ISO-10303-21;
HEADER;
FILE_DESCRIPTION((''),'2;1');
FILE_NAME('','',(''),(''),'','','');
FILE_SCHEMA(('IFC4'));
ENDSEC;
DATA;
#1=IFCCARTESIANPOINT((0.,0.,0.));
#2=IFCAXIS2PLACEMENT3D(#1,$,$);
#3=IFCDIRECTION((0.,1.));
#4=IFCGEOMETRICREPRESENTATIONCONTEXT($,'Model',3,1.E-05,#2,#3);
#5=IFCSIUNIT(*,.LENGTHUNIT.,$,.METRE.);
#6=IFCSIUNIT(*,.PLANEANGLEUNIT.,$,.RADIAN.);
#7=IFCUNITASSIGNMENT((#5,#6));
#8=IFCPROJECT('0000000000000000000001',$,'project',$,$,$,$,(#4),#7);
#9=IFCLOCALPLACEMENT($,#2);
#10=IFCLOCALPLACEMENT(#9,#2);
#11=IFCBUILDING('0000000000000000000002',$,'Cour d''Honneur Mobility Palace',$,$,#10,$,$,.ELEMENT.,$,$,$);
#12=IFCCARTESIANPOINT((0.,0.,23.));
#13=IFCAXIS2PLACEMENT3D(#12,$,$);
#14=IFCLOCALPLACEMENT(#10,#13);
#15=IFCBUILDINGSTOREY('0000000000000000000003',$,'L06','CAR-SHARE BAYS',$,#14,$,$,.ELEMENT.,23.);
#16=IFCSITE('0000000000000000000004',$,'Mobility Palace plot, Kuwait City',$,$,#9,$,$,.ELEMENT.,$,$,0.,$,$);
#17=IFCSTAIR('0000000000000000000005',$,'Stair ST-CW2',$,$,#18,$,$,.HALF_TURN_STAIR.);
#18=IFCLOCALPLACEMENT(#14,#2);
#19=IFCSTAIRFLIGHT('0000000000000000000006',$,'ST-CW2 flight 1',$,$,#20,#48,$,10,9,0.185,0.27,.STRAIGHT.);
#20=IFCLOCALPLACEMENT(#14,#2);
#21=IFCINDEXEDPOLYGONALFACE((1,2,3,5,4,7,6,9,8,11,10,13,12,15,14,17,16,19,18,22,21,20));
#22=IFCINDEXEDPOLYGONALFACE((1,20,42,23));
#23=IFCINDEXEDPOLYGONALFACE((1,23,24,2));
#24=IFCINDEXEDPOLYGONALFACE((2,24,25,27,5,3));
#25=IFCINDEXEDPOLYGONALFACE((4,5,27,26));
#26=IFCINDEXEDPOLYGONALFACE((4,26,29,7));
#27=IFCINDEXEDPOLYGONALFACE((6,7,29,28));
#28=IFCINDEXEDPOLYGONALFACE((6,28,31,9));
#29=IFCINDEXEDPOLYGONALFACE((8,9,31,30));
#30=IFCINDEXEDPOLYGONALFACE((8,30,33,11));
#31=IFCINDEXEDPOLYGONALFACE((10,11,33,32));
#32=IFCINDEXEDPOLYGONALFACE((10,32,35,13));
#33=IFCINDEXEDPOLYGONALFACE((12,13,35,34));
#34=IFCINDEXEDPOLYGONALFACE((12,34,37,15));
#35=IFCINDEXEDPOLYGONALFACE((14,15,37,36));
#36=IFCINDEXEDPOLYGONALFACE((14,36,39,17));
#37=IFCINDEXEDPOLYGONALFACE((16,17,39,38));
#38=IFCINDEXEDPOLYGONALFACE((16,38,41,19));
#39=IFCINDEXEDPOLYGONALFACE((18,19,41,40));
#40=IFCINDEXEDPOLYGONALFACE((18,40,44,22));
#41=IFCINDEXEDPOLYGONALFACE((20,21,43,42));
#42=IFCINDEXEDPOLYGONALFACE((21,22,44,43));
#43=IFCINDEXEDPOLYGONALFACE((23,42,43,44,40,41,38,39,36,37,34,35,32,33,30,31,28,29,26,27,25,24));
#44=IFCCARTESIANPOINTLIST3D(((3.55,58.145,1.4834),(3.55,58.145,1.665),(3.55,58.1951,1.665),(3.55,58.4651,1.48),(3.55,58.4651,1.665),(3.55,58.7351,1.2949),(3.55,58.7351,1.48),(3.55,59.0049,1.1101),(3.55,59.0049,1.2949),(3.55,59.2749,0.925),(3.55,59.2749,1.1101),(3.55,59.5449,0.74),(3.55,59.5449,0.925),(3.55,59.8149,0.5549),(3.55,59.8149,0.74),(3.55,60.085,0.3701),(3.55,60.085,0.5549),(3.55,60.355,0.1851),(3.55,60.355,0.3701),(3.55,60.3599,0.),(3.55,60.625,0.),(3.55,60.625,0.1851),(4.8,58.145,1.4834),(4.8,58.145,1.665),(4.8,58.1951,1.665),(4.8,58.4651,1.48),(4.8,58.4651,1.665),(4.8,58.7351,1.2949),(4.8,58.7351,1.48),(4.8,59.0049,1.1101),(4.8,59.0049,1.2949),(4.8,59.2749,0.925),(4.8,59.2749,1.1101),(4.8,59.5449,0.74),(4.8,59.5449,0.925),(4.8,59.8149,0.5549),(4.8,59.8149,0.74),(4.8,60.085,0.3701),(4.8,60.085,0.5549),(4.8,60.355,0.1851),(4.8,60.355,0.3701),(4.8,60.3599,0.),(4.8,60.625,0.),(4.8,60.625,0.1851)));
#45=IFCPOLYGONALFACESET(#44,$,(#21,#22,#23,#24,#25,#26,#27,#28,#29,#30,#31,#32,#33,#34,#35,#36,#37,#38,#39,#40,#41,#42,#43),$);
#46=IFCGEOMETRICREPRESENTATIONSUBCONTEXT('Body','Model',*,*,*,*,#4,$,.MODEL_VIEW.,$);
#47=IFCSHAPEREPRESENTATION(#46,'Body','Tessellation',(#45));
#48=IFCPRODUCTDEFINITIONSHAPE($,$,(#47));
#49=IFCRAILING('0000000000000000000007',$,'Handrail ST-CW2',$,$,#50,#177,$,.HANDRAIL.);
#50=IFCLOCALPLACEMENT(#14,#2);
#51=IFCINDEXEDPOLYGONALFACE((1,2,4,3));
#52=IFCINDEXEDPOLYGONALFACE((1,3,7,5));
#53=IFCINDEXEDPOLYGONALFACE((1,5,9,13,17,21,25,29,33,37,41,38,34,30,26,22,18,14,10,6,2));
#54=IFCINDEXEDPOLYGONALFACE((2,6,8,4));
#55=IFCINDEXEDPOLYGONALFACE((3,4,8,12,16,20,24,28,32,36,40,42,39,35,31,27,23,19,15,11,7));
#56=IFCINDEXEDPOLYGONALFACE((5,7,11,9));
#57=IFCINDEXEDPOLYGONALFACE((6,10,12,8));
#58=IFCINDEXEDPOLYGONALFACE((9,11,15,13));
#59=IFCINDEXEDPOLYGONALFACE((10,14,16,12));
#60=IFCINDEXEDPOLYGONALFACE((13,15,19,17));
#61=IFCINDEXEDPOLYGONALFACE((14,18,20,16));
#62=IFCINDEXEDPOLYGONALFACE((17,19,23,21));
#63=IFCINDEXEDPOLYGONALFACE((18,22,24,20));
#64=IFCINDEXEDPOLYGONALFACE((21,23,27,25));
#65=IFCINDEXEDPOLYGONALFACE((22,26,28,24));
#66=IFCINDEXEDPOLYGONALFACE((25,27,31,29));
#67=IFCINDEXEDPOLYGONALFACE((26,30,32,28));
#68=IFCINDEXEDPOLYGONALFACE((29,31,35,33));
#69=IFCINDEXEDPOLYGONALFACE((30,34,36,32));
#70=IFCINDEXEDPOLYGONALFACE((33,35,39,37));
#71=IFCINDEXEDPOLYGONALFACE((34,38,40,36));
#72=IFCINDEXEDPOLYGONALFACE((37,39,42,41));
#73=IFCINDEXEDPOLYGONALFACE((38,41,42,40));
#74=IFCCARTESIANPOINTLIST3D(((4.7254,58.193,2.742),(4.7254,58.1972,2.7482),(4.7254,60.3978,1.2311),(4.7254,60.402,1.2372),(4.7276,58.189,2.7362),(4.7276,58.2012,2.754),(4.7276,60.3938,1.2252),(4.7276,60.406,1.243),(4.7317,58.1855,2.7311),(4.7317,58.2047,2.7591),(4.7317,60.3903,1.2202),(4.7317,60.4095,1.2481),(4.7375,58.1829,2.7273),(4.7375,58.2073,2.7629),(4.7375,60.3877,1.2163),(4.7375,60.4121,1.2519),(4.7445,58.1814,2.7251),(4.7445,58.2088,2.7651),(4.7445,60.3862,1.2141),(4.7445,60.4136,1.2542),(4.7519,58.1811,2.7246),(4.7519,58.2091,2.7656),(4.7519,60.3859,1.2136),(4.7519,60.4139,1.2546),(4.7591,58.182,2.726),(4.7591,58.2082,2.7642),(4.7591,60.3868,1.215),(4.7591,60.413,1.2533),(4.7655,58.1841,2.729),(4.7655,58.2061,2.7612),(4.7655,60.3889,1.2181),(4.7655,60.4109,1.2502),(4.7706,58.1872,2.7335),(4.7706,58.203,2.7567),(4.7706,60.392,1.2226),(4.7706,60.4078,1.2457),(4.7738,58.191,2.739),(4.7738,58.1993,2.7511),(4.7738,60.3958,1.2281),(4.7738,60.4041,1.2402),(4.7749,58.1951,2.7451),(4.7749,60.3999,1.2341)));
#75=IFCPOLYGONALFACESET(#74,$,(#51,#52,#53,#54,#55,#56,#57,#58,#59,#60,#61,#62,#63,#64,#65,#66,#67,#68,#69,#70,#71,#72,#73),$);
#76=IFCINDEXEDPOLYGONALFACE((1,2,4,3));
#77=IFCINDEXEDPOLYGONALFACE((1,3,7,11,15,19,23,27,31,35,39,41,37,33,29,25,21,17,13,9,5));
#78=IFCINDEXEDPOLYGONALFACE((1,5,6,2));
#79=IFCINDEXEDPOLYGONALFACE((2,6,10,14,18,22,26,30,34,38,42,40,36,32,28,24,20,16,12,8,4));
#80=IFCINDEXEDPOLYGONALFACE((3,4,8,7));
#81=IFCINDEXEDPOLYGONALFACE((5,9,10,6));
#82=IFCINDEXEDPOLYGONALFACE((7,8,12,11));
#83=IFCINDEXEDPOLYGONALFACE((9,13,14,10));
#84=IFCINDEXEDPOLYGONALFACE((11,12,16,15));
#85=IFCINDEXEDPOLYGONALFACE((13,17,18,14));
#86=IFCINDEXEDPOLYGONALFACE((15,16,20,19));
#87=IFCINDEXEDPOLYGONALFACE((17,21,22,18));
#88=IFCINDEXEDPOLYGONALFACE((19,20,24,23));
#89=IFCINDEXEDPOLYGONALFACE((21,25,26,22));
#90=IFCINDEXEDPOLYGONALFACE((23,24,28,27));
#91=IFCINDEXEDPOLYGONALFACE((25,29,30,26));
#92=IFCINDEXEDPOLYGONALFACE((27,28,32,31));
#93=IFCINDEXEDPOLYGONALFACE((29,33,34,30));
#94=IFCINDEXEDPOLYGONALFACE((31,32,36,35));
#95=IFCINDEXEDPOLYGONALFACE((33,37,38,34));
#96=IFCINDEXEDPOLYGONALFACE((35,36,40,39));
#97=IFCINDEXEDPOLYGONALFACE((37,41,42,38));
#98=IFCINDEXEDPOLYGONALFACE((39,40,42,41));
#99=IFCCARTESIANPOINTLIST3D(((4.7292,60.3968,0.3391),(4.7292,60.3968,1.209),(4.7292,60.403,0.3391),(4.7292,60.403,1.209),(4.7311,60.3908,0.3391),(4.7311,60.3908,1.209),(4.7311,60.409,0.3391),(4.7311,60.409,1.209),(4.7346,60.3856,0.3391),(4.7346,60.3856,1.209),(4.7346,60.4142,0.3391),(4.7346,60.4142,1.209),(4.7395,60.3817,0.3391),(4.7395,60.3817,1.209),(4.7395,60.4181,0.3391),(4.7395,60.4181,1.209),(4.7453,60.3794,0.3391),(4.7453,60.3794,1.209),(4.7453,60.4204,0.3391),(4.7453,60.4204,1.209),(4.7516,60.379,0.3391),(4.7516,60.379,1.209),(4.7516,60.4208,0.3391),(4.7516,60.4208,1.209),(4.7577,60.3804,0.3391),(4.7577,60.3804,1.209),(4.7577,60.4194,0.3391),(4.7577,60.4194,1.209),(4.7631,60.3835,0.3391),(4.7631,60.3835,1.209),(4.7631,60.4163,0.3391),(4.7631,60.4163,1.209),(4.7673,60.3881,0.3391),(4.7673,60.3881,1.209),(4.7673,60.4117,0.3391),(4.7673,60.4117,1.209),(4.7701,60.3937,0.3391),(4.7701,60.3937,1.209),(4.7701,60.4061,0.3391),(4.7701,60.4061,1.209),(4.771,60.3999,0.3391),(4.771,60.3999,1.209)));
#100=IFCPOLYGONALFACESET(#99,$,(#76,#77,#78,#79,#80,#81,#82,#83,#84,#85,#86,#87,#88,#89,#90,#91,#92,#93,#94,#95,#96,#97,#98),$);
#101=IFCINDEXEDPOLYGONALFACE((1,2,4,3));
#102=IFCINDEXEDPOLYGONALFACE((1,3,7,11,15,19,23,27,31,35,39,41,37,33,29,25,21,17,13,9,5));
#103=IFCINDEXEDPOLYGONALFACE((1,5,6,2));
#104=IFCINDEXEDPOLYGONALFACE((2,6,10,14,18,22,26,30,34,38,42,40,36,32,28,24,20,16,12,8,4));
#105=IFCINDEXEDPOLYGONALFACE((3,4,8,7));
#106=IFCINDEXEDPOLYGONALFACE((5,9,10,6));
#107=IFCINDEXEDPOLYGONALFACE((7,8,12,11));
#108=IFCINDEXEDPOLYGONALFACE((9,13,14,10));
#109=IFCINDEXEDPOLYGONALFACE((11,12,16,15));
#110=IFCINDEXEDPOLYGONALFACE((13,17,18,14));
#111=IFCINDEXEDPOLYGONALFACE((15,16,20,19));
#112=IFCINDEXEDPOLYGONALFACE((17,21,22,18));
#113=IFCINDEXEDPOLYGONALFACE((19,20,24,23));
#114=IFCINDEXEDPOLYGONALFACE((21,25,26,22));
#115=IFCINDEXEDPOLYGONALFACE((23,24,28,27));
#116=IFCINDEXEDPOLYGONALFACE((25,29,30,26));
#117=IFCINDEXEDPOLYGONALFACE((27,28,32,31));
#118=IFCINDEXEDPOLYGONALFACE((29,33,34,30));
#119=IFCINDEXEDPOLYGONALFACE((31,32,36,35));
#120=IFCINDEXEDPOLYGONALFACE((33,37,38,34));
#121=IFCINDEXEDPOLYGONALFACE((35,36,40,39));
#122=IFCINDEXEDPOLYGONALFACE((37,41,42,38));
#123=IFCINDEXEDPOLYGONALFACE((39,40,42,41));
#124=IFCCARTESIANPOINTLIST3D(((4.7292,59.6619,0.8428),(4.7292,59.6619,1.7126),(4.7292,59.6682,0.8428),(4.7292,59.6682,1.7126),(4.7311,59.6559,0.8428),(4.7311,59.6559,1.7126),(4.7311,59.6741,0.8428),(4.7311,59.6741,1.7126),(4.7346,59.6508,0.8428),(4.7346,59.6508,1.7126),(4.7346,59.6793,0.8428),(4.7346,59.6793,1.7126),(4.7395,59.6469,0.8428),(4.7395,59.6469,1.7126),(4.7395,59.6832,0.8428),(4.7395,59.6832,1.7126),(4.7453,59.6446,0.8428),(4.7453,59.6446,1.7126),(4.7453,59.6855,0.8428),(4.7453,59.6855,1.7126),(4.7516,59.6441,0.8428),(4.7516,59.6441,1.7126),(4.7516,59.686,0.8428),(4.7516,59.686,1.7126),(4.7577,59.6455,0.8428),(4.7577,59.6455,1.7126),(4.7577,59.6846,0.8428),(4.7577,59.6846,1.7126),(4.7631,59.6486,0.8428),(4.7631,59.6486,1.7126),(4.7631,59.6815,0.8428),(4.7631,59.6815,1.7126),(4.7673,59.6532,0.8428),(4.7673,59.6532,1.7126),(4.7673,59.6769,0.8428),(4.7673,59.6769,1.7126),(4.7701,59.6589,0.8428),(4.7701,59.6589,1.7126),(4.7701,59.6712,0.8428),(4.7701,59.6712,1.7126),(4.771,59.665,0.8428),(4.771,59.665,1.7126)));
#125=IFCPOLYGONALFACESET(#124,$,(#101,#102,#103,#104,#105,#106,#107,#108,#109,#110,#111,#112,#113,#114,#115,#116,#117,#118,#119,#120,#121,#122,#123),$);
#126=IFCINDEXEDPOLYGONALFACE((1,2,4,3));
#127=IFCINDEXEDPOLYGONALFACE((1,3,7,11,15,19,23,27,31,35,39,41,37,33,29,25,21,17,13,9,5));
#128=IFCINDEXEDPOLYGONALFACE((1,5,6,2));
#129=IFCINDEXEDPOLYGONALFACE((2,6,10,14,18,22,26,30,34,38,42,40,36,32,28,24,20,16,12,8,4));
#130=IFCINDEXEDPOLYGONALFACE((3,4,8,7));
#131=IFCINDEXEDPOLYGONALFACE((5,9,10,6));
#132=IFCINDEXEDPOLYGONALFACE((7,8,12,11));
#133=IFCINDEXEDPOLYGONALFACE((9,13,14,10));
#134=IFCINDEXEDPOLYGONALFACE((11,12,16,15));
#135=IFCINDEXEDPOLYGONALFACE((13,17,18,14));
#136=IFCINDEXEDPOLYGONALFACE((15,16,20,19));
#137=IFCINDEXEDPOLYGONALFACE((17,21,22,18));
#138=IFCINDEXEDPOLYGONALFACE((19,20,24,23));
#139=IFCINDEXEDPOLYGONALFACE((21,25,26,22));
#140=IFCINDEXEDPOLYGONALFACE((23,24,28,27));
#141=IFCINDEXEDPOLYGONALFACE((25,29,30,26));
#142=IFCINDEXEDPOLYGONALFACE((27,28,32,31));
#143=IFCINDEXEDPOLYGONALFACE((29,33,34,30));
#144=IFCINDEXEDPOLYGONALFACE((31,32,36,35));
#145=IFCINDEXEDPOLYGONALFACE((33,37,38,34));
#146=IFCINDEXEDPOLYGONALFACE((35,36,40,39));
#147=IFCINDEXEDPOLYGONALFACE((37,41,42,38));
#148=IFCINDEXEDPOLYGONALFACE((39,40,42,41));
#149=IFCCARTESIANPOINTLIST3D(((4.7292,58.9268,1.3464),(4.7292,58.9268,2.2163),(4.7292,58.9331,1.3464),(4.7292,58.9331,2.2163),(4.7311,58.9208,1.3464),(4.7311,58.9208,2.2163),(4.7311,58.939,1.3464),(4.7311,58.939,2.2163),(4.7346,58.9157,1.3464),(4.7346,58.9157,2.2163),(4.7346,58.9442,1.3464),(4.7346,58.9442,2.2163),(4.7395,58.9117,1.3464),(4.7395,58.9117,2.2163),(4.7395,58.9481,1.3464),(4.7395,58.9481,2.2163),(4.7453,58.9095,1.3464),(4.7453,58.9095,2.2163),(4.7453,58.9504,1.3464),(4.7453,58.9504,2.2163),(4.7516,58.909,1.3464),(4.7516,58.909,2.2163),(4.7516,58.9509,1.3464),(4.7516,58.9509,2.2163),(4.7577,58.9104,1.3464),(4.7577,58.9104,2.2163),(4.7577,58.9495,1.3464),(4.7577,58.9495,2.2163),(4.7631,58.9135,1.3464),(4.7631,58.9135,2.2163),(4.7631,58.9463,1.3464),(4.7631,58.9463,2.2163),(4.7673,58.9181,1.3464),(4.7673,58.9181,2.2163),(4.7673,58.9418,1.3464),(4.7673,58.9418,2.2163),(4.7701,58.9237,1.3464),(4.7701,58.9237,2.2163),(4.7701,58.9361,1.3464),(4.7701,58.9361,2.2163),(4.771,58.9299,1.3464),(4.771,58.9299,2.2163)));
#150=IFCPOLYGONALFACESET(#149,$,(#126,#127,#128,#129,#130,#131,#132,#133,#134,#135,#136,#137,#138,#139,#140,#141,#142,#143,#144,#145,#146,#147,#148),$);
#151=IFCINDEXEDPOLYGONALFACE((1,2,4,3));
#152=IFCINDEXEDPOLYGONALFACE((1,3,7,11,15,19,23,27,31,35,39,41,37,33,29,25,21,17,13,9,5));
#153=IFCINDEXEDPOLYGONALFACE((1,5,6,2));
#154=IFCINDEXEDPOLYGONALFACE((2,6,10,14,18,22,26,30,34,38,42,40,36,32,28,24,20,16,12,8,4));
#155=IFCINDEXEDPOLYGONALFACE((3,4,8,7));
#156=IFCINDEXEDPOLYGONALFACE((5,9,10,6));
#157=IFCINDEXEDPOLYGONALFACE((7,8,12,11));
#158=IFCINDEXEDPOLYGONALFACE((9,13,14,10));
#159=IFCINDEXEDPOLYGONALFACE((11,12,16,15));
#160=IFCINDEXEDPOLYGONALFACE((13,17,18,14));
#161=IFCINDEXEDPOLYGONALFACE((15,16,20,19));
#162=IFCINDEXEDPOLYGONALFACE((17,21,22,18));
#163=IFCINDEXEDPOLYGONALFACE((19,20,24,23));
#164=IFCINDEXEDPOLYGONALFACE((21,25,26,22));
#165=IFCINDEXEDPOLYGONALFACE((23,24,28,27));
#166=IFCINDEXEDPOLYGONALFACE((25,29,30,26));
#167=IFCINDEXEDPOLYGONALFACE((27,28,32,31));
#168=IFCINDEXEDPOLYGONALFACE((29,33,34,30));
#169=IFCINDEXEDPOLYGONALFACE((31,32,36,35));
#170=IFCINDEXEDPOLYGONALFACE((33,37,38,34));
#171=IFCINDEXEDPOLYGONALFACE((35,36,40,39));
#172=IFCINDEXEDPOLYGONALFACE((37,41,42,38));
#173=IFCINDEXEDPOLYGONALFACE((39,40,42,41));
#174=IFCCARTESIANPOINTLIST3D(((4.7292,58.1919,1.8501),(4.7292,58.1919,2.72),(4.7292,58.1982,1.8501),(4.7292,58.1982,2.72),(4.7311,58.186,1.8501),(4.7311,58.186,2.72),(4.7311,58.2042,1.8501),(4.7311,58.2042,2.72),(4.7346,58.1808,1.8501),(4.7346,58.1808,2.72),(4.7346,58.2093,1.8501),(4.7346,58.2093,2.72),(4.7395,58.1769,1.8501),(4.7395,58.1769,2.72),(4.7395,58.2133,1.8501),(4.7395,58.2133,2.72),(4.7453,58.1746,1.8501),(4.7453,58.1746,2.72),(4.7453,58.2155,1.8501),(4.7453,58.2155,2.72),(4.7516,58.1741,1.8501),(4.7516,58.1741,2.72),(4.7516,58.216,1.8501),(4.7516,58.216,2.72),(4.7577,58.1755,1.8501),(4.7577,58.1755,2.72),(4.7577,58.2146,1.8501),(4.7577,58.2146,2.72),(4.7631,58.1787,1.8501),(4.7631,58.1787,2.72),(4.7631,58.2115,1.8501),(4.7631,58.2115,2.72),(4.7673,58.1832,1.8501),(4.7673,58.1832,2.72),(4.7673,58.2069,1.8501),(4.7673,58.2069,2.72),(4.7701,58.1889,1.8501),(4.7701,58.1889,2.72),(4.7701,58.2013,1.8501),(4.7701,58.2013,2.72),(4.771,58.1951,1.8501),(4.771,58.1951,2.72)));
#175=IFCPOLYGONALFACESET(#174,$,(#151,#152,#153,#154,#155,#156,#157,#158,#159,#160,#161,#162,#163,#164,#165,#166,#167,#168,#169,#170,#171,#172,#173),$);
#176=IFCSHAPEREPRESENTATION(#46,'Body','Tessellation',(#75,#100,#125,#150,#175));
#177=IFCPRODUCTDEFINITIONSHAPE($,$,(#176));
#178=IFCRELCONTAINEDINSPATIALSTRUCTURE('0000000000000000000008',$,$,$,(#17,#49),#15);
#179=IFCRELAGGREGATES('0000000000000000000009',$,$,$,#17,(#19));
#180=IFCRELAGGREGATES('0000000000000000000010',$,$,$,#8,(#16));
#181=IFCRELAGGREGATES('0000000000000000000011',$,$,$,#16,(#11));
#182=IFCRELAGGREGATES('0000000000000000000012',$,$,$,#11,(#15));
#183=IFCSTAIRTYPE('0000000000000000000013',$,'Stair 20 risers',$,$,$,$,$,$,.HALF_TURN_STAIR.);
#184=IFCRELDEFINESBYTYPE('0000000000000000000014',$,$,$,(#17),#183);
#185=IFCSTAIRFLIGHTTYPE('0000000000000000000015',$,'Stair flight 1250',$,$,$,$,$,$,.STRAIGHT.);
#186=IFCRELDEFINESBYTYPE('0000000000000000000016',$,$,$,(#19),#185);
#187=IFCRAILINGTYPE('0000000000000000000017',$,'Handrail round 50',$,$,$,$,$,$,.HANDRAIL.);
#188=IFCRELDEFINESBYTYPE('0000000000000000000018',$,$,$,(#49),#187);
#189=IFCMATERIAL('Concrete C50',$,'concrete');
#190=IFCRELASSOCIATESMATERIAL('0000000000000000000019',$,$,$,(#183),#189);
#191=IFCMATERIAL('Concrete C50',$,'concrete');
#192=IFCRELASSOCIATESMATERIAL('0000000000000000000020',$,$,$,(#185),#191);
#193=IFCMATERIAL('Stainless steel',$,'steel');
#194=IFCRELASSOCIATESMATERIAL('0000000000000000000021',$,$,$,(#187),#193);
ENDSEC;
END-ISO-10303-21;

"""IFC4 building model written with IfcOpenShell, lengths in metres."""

from ifc_helpers import new_model, si_unit, direction, frame, origin, origin_2d, place, context, subcontext, project, spatial, polyline, circle, outline, extrude, material, type_object, element, aggregate, save


model = new_model("IFC4")

# Units and contexts
model_context = context("Model", 3, precision=1e-05, world=origin(), true_north=direction((0.0, 1.0)))
body_context = subcontext(model_context, "Body", "Model", "MODEL_VIEW")
ifc_project = project(units=[si_unit("LENGTHUNIT", "METRE"), si_unit("PLANEANGLEUNIT", "RADIAN")], contexts=[model_context])

# Site, building, storey
site_placement = place(None, origin())
site = spatial("IfcSite", under=ifc_project, at=site_placement, Name="Mobility Palace plot, Kuwait City", CompositionType="ELEMENT", RefElevation=0.0)
building_placement = place(site_placement, origin())
building = spatial("IfcBuilding", under=site, at=building_placement, Name="Cour d'Honneur Mobility Palace", CompositionType="ELEMENT")
storey_placement = place(building_placement, frame((0.0, 0.0, 23.0)))
storey = spatial("IfcBuildingStorey", under=building, at=storey_placement, Name="L06", Description="CAR-SHARE BAYS", CompositionType="ELEMENT", Elevation=23.0)

# Stair, stair flight
ifc_material_1 = material(Name="Concrete C50", Category="concrete")
stair_type = type_object("IfcStairType", Name="Stair 20 risers", PredefinedType="HALF_TURN_STAIR", material=ifc_material_1)
stair_placement = place(storey_placement, origin())
stair = element("IfcStair", 1, at=stair_placement, inside=storey, type_object=stair_type, Name="Stair ST-CW2", PredefinedType="HALF_TURN_STAIR")
ifc_material_2 = material(Name="Concrete C50", Category="concrete")
stair_flight_type = type_object("IfcStairFlightType", Name="Stair flight 1250", PredefinedType="STRAIGHT", material=ifc_material_2)
stair_flight_placement = place(storey_placement, frame((4.175, 60.625, 0.0), z_axis=(0.0, 0.0, 1.0), x_axis=(0.0, -1.0, 0.0)))
stair_flight = element("IfcStairFlight", 2, at=stair_flight_placement, type_object=stair_flight_type, Name="ST-CW2 flight 1", NumberOfRisers=10, NumberOfTreads=9, PredefinedType="STRAIGHT", RiserHeight=0.185, TreadLength=0.27, context=body_context, shape_type="SweptSolid", body=[
    extrude(outline(polyline([(0.0, 0.0), (0.0, 0.1851), (0.27, 0.1851), (0.27, 0.3701), (0.54, 0.3701), (0.54, 0.5549), (0.8101, 0.5549), (0.8101, 0.74), (1.0801, 0.74), (1.0801, 0.925), (1.3501, 0.925), (1.3501, 1.1101), (1.6201, 1.1101), (1.6201, 1.2949), (1.8899, 1.2949), (1.8899, 1.48), (2.1599, 1.48), (2.1599, 1.665), (2.4299, 1.665), (2.48, 1.665), (2.48, 1.4834), (0.2651, 0.0), (0.0, 0.0)])), frame((0.0, 0.625, 0.0), z_axis=(0.0, -1.0, 0.0), x_axis=(1.0, 0.0, 0.0)), (0.0, 0.0, 1.0), 1.25),
])
aggregate(stair, [stair_flight])

# Railing
ifc_material_3 = material(Name="Stainless steel", Category="steel")
railing_type_1 = type_object("IfcRailingType", Name="Handrail round 50", PredefinedType="HANDRAIL", material=ifc_material_3)
railing_1_placement = place(storey_placement, frame((4.75, 60.3999, 0.3391)))
element("IfcRailing", 3, at=railing_1_placement, inside=storey, type_object=railing_type_1, Name="Handrail ST-CW2", PredefinedType="HANDRAIL", context=body_context, shape_type="SweptSolid", body=[
    extrude(circle(Radius=0.0249, at=origin_2d()), frame((0.0, 0.0, 0.895), z_axis=(0.0, -0.824886, 0.565299), x_axis=(1.0, 0.0, 0.0)), (0.0, 0.0, 1.0), 2.6729),
    extrude(circle(Radius=0.021, at=origin_2d()), origin(), (0.0, 0.0, 1.0), 0.8699),
    extrude(circle(Radius=0.021, at=origin_2d()), frame((0.0, -0.7349, 0.5037)), (0.0, 0.0, 1.0), 0.8699),
    extrude(circle(Radius=0.021, at=origin_2d()), frame((0.0, -1.47, 1.0073)), (0.0, 0.0, 1.0), 0.8699),
    extrude(circle(Radius=0.021, at=origin_2d()), frame((0.0, -2.2048, 1.511)), (0.0, 0.0, 1.0), 0.8699),
])

save(model, "model.ifc")
